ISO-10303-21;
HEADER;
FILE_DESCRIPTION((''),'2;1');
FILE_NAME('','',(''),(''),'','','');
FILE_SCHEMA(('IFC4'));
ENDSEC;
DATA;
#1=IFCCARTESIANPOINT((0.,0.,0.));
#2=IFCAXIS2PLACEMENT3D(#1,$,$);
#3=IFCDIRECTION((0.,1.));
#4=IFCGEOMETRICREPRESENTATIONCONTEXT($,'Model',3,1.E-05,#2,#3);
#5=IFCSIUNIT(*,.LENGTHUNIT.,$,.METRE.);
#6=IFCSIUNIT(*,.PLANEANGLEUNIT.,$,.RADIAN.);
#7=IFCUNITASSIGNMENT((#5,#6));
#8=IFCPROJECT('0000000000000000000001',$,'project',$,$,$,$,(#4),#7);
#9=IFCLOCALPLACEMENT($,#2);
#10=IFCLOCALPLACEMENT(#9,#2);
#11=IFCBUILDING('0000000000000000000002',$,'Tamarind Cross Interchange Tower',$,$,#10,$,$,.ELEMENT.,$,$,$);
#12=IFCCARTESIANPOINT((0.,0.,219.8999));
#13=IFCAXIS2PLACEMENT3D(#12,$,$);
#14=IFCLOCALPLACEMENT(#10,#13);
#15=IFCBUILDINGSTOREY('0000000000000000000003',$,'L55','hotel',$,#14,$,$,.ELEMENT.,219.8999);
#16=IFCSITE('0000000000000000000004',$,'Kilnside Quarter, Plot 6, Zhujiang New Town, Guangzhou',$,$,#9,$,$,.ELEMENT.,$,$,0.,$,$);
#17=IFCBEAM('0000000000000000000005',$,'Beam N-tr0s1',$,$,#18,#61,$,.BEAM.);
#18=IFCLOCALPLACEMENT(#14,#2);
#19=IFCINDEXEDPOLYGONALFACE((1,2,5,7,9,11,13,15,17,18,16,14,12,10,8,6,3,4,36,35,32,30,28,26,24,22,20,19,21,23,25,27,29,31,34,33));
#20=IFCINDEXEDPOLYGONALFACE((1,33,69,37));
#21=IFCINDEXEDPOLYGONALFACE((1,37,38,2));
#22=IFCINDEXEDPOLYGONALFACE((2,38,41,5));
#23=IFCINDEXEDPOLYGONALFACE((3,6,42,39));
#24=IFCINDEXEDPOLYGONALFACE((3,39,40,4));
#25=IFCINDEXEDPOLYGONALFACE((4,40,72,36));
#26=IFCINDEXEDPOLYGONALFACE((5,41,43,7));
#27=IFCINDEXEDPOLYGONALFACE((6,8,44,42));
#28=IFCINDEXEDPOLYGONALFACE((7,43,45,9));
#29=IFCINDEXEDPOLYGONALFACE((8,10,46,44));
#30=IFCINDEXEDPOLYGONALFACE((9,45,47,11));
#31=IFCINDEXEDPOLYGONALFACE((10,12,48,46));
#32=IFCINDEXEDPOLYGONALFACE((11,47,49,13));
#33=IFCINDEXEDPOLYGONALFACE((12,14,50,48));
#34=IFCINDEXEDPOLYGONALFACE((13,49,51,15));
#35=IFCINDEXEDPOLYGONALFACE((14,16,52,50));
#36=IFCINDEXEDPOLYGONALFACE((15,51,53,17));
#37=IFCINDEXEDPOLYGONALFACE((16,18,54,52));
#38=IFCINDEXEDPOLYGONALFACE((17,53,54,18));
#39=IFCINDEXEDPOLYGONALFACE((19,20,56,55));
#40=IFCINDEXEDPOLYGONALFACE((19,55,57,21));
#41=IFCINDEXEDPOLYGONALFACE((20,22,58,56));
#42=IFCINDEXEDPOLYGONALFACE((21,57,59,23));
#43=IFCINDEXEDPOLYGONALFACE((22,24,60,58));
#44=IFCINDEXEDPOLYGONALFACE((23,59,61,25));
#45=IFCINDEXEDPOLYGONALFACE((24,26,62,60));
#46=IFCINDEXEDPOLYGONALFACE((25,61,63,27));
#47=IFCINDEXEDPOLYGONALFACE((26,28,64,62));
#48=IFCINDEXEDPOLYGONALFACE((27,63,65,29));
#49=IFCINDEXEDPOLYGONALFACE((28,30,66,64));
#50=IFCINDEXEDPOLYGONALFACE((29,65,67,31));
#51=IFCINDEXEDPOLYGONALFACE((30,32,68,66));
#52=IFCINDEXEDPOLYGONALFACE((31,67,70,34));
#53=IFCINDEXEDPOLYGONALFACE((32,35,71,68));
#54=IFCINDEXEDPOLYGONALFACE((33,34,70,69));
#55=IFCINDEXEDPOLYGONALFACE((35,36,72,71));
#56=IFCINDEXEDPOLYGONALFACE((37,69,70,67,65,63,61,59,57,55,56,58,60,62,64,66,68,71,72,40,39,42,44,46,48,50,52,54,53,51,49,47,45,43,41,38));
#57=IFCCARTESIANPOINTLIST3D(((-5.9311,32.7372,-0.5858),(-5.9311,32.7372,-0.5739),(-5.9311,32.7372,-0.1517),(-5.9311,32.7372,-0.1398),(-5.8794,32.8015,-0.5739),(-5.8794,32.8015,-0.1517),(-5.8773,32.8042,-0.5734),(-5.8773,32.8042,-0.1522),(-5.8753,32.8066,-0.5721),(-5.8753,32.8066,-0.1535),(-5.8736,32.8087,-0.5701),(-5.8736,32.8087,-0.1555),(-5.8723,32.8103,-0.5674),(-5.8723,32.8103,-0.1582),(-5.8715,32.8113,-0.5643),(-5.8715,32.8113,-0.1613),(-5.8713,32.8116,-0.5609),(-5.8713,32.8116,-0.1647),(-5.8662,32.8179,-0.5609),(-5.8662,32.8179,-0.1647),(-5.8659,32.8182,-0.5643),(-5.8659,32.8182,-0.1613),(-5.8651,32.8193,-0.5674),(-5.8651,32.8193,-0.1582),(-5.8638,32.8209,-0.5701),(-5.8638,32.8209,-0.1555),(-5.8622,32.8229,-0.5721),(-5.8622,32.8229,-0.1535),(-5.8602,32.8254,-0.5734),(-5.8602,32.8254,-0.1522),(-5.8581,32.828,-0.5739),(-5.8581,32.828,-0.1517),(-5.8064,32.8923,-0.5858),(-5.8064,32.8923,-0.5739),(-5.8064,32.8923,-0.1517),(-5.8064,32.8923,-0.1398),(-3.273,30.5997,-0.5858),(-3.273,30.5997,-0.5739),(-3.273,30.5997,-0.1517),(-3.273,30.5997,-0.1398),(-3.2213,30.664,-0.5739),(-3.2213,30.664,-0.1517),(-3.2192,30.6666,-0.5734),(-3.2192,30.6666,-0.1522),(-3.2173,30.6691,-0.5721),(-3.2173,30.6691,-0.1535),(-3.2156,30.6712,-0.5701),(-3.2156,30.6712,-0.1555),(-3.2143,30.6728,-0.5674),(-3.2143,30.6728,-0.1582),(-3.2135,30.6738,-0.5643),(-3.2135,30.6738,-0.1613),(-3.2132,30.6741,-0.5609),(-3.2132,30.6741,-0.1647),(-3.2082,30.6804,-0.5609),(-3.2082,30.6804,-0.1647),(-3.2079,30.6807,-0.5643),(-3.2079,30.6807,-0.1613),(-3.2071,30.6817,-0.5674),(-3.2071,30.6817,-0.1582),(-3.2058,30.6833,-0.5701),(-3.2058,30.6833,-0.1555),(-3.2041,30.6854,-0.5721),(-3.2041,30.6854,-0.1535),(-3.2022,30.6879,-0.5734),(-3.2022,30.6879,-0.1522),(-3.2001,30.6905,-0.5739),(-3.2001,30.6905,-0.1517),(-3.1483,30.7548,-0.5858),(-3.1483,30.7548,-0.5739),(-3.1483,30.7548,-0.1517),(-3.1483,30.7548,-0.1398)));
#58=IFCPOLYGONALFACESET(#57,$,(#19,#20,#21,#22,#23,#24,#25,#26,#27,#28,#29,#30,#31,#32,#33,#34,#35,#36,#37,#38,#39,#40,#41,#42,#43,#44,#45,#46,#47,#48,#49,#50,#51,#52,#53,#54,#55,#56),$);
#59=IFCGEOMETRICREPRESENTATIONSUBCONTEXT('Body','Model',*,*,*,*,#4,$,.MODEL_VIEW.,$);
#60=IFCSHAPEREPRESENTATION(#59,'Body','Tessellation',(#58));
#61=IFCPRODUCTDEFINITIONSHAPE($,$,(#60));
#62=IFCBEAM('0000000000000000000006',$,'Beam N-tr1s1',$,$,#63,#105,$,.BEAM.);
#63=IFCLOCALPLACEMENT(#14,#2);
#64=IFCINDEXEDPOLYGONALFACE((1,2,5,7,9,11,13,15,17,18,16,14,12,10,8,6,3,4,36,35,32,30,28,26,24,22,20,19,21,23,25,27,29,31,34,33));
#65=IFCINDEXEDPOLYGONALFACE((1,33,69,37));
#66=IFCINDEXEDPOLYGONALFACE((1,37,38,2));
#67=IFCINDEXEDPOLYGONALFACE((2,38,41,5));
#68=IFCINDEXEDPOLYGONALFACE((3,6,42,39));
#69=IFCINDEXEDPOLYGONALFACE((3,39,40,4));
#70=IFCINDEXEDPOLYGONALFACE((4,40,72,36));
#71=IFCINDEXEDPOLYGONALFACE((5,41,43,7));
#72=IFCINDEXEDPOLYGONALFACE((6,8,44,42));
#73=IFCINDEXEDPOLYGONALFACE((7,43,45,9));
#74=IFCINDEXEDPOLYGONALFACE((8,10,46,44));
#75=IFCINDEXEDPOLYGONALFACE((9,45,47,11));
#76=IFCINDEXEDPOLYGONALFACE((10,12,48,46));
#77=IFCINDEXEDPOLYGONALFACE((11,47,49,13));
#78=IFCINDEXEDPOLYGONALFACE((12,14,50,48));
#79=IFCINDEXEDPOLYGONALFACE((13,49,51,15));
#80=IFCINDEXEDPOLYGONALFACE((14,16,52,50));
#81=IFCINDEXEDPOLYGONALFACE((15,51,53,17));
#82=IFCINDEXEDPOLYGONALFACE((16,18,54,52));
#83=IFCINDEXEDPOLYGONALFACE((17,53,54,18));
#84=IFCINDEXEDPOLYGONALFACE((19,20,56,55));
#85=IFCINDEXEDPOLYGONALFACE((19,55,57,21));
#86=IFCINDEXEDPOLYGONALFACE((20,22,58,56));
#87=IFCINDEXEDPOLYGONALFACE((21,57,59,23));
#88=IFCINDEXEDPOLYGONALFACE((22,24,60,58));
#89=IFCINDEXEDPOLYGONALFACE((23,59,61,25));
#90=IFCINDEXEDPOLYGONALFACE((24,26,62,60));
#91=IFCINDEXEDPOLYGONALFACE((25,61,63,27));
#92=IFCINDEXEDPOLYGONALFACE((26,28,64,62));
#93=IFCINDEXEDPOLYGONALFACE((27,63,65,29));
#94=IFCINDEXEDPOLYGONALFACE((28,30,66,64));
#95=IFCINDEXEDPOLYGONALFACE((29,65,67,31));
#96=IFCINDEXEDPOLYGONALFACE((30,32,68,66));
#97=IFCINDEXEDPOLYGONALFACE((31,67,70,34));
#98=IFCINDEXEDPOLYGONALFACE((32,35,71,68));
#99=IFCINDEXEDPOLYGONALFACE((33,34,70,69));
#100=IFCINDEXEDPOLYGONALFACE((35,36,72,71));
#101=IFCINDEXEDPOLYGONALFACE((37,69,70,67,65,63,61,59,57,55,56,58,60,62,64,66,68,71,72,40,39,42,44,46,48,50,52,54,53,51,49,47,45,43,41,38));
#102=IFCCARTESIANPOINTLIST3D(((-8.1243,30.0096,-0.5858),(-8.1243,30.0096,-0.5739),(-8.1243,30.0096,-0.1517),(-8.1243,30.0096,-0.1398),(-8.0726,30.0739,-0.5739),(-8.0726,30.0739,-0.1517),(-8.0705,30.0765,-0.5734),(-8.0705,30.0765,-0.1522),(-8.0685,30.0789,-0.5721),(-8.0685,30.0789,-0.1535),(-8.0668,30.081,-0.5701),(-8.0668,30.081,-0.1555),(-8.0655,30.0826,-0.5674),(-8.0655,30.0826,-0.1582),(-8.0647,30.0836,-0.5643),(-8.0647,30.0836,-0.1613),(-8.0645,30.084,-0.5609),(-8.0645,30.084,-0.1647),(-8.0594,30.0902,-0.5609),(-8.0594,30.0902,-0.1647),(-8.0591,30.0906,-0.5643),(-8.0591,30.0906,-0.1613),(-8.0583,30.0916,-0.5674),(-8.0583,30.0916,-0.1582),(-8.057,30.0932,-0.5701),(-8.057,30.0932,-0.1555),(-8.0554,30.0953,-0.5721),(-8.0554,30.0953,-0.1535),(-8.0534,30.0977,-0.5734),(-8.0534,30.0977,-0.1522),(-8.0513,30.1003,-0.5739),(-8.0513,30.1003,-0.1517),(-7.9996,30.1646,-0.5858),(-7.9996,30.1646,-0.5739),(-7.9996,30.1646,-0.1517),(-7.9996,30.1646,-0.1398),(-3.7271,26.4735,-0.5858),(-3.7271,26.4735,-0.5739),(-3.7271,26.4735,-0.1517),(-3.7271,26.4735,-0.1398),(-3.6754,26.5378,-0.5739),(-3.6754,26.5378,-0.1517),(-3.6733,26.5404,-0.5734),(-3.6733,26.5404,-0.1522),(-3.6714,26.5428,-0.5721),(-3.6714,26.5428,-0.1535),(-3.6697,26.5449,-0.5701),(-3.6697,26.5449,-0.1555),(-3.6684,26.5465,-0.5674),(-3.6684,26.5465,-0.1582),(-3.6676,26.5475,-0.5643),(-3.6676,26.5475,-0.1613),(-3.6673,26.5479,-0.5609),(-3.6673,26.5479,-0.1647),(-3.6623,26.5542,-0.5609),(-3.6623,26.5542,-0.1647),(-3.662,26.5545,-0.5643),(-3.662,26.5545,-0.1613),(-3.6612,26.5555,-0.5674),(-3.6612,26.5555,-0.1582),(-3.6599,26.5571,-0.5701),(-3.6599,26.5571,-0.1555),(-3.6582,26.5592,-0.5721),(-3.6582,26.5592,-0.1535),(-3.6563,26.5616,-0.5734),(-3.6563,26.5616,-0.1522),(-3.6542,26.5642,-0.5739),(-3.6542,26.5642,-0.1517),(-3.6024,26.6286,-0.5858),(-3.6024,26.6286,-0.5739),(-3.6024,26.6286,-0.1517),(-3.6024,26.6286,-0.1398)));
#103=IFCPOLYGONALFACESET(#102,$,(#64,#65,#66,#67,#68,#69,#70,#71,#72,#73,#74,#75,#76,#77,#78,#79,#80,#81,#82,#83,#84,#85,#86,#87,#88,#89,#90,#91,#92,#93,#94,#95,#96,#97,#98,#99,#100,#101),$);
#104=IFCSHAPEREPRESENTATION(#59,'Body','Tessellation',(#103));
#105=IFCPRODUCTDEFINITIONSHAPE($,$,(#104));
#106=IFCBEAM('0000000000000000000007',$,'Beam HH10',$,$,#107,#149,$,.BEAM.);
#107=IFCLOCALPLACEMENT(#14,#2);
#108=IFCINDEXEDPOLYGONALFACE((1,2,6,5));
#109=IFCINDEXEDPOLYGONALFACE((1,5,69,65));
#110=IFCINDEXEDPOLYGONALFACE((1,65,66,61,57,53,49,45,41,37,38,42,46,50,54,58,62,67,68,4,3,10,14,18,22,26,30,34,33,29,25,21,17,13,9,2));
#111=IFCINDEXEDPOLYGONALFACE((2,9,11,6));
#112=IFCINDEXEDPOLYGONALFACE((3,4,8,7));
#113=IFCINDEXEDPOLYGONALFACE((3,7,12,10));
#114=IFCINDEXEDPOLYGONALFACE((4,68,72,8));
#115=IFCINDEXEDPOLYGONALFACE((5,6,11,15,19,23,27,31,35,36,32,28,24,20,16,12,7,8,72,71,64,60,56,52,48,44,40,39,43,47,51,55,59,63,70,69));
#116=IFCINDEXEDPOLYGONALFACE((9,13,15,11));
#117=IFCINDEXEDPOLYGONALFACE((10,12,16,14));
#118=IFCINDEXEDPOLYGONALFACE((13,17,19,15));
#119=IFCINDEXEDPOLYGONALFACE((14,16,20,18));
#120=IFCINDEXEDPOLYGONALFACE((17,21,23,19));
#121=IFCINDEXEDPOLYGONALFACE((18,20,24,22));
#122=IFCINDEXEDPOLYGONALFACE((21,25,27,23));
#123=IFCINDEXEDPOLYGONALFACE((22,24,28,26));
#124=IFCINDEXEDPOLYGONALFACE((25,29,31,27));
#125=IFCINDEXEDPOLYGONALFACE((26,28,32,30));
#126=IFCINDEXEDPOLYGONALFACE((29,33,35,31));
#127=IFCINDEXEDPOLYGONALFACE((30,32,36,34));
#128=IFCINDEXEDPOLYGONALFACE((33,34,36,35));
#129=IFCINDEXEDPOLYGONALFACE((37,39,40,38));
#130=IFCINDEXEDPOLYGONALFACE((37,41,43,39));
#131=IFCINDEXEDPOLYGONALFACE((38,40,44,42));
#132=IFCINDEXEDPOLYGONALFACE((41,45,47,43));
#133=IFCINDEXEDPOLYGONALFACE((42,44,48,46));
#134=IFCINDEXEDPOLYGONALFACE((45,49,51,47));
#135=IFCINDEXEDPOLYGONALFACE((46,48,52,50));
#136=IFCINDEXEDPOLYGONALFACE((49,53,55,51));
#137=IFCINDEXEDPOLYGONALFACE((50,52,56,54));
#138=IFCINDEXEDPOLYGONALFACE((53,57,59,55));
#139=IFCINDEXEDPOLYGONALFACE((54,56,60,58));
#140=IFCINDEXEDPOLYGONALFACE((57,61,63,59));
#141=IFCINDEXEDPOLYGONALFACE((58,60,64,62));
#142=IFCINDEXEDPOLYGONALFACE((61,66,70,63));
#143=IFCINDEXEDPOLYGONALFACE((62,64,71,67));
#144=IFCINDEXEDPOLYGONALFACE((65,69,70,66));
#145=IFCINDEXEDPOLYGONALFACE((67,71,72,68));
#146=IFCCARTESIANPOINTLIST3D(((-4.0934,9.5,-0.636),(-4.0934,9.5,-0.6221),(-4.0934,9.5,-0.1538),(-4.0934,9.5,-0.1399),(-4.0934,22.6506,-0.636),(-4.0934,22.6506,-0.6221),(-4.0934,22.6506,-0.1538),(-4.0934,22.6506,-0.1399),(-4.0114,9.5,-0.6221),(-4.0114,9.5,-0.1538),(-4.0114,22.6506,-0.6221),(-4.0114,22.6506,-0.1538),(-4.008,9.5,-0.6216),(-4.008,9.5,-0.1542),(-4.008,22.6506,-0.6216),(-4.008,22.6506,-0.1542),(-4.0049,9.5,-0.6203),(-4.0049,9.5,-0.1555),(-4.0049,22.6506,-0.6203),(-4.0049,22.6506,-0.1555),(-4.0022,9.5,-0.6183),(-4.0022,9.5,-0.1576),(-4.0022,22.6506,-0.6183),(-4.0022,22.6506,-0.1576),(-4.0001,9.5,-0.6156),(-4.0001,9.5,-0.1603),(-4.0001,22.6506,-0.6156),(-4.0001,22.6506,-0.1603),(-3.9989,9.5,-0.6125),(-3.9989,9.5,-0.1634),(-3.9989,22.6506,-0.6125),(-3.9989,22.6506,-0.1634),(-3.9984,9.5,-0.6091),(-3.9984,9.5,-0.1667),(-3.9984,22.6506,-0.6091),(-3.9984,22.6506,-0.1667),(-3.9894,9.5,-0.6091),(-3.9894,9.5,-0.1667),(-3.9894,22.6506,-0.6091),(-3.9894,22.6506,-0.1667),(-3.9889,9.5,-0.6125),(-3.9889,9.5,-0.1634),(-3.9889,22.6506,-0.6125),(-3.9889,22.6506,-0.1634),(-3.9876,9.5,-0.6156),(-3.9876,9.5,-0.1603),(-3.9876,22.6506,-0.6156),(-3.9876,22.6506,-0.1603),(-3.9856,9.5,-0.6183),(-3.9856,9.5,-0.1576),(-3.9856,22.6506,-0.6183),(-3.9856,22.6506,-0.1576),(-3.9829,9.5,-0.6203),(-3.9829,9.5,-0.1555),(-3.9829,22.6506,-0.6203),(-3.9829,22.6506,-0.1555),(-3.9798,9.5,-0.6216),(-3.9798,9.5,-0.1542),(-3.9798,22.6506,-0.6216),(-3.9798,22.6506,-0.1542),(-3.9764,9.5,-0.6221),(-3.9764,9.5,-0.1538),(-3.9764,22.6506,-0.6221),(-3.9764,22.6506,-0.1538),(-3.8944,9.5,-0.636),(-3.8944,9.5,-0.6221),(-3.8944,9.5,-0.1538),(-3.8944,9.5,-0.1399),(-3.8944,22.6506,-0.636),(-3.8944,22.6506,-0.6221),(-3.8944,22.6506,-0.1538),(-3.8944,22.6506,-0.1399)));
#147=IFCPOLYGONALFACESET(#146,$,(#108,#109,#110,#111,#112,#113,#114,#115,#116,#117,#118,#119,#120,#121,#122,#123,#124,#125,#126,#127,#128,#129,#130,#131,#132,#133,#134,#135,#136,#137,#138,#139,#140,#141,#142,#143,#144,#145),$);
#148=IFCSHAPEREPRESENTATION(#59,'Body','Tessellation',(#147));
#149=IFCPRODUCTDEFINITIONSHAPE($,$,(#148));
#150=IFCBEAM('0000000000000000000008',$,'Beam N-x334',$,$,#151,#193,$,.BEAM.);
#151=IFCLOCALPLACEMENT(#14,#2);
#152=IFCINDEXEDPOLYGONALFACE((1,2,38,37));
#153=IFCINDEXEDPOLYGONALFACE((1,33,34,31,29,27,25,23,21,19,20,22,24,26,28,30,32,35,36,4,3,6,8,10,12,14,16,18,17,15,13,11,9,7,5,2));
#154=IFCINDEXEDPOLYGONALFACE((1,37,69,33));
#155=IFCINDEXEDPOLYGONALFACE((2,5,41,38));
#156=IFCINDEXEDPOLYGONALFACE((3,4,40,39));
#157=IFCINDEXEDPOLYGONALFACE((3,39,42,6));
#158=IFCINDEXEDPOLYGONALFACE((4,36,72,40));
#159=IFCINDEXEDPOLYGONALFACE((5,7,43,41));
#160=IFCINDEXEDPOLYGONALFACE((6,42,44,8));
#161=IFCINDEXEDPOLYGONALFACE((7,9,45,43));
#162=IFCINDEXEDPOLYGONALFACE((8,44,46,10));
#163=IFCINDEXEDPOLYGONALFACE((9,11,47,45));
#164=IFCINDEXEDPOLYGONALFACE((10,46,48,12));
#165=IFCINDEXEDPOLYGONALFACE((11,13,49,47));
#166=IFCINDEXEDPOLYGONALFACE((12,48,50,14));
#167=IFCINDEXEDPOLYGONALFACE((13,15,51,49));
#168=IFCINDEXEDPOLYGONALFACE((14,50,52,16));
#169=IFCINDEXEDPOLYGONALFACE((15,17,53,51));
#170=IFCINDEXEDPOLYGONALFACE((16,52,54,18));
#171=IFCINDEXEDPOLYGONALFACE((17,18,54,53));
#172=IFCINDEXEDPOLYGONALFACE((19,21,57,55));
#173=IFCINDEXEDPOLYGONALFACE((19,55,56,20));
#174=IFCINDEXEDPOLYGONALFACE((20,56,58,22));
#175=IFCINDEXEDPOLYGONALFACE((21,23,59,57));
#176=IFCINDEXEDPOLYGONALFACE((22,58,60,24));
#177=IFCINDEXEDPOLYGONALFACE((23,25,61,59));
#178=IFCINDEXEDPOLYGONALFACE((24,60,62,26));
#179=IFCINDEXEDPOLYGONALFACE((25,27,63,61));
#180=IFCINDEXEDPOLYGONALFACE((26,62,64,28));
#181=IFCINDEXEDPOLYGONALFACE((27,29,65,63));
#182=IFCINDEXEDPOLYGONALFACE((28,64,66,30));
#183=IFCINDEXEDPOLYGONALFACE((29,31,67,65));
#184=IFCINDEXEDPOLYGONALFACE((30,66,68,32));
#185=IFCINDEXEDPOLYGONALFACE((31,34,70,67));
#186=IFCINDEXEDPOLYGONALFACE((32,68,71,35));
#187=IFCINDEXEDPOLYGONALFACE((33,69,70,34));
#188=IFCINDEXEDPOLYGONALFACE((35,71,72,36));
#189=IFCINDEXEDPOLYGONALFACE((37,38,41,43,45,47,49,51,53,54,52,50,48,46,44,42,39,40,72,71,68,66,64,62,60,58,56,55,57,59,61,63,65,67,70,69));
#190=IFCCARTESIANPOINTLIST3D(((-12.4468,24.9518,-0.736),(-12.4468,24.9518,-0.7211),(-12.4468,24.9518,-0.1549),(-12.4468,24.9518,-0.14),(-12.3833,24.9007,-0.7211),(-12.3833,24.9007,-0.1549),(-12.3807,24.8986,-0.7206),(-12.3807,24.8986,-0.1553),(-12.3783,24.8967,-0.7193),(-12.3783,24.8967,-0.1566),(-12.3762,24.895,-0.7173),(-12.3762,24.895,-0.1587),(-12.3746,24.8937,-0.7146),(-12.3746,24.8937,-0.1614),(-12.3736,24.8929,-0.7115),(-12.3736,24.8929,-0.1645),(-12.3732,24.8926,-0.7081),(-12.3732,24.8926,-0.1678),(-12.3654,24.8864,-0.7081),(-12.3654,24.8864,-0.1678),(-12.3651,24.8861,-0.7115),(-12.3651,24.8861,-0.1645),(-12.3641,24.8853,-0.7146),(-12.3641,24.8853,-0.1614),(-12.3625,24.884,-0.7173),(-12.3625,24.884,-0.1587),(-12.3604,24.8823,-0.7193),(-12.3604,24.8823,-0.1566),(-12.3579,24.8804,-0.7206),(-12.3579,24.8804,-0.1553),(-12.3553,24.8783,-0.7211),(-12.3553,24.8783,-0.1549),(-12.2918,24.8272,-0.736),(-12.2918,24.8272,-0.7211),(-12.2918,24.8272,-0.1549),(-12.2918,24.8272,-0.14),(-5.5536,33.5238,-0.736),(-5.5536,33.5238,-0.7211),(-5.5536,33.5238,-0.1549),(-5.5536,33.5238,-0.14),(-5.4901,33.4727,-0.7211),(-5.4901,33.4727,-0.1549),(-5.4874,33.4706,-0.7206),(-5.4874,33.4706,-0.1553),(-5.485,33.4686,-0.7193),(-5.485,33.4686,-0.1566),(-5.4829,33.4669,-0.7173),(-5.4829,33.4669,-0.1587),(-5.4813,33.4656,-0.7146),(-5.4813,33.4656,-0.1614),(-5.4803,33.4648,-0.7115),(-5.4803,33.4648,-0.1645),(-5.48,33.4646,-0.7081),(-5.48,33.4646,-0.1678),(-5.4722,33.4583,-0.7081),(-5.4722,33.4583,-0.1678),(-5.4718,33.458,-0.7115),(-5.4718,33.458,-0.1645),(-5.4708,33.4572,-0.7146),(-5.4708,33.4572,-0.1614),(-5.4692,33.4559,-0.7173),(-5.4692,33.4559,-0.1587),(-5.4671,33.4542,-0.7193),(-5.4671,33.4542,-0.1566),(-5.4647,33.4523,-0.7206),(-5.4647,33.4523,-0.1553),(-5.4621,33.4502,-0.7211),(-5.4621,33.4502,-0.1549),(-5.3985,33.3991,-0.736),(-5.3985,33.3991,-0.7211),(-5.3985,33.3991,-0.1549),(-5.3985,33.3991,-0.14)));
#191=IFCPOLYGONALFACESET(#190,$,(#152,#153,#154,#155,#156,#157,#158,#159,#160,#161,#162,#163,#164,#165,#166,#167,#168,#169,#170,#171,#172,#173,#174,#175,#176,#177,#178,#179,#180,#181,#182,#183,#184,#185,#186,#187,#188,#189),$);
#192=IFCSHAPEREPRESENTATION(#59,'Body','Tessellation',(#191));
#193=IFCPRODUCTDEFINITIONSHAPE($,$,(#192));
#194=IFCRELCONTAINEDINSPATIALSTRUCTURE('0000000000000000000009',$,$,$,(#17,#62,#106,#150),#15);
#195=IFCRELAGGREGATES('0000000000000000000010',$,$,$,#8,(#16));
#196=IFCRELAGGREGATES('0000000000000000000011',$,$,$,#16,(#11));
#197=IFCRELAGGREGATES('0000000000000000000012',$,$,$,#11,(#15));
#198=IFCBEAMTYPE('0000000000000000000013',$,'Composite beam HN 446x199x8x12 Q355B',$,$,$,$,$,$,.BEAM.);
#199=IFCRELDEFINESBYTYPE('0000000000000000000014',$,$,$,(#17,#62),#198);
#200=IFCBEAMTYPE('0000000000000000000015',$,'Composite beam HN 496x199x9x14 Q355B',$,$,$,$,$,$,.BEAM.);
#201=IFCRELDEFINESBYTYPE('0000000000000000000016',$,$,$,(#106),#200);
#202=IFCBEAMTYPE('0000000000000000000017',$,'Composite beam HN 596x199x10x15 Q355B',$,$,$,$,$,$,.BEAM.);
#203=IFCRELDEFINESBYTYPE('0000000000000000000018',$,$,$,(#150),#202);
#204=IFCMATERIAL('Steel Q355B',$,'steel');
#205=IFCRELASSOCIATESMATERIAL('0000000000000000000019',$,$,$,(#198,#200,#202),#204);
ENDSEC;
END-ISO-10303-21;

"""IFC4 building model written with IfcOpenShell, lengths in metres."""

from ifc_helpers import new_model, si_unit, direction, frame, origin, origin_2d, place, context, subcontext, project, spatial, i_section, extrude, material, material_profile, profile_set, type_object, element, save


model = new_model("IFC4")

# Units and contexts
model_context = context("Model", 3, precision=1e-05, world=origin(), true_north=direction((0.0, 1.0)))
body_context = subcontext(model_context, "Body", "Model", "MODEL_VIEW")
ifc_project = project(units=[si_unit("LENGTHUNIT", "METRE"), si_unit("PLANEANGLEUNIT", "RADIAN")], contexts=[model_context])

# Site, building, storey
site_placement = place(None, origin())
site = spatial("IfcSite", under=ifc_project, at=site_placement, Name="Kilnside Quarter, Plot 6, Zhujiang New Town, Guangzhou", CompositionType="ELEMENT", RefElevation=0.0)
building_placement = place(site_placement, origin())
building = spatial("IfcBuilding", under=site, at=building_placement, Name="Tamarind Cross Interchange Tower", CompositionType="ELEMENT")
storey_placement = place(building_placement, frame((0.0, 0.0, 219.8999)))
storey = spatial("IfcBuildingStorey", under=building, at=storey_placement, Name="L55", Description="hotel", CompositionType="ELEMENT", Elevation=219.8999)

# Beams
ifc_material_1 = material(Name="Steel Q355B", Category="steel")
ifc_material_profile_1 = material_profile(ifc_material_1, i_section(OverallWidth=0.199, OverallDepth=0.446, WebThickness=0.0081, FlangeThickness=0.012, FilletRadius=0.0129, at=origin_2d()), Name="HN 446x199x8x12")
ifc_profile_set_1 = profile_set([ifc_material_profile_1], Name="Steel Q355B")
beam_type_1 = type_object("IfcBeamType", Name="Composite beam HN 446x199x8x12 Q355B", PredefinedType="BEAM", material=ifc_profile_set_1)
beam_1_placement = place(storey_placement, frame((-3.2107, 30.6772, -0.3628), z_axis=(-0.779281, 0.626675, 0.0), x_axis=(-0.626675, -0.779281, 0.0)))
element("IfcBeam", 1, at=beam_1_placement, inside=storey, type_object=beam_type_1, Name="Beam N-tr0s1", PredefinedType="BEAM", context=body_context, shape_type="SweptSolid", body=[
    extrude(i_section(OverallWidth=0.199, OverallDepth=0.446, WebThickness=0.0081, FlangeThickness=0.012, FilletRadius=0.0129, at=origin_2d()), origin(), (0.0, 0.0, 1.0), 3.4109),
])
beam_2_placement = place(storey_placement, frame((-3.6648, 26.551, -0.3628), z_axis=(-0.779279, 0.626677, 0.0), x_axis=(-0.626677, -0.779279, 0.0)))
element("IfcBeam", 2, at=beam_2_placement, inside=storey, type_object=beam_type_1, Name="Beam N-tr1s1", PredefinedType="BEAM", context=body_context, shape_type="SweptSolid", body=[
    extrude(i_section(OverallWidth=0.199, OverallDepth=0.446, WebThickness=0.0081, FlangeThickness=0.012, FilletRadius=0.0129, at=origin_2d()), origin(), (0.0, 0.0, 1.0), 5.6426),
])
ifc_material_profile_2 = material_profile(ifc_material_1, i_section(OverallWidth=0.199, OverallDepth=0.4961, WebThickness=0.009, FlangeThickness=0.0139, FilletRadius=0.0129, at=origin_2d()), Name="HN 496x199x9x14")
ifc_profile_set_2 = profile_set([ifc_material_profile_2], Name="Steel Q355B")
beam_type_2 = type_object("IfcBeamType", Name="Composite beam HN 496x199x9x14 Q355B", PredefinedType="BEAM", material=ifc_profile_set_2)
beam_3_placement = place(storey_placement, frame((-3.9939, 22.6506, -0.3879), z_axis=(0.0, -1.0, 0.0), x_axis=(1.0, 0.0, 0.0)))
element("IfcBeam", 3, at=beam_3_placement, inside=storey, type_object=beam_type_2, Name="Beam HH10", PredefinedType="BEAM", context=body_context, shape_type="SweptSolid", body=[
    extrude(i_section(OverallWidth=0.199, OverallDepth=0.4961, WebThickness=0.009, FlangeThickness=0.0139, FilletRadius=0.0129, at=origin_2d()), origin(), (0.0, 0.0, 1.0), 13.1506),
])
ifc_material_profile_3 = material_profile(ifc_material_1, i_section(OverallWidth=0.199, OverallDepth=0.5959, WebThickness=0.01, FlangeThickness=0.0149, FilletRadius=0.0129, at=origin_2d()), Name="HN 596x199x10x15")
ifc_profile_set_3 = profile_set([ifc_material_profile_3], Name="Steel Q355B")
beam_type_3 = type_object("IfcBeamType", Name="Composite beam HN 596x199x10x15 Q355B", PredefinedType="BEAM", material=ifc_profile_set_3)
beam_4_placement = place(storey_placement, frame((-5.4761, 33.4614, -0.438), z_axis=(-0.626672, -0.779283, 0.0), x_axis=(0.779283, -0.626672, 0.0)))
element("IfcBeam", 4, at=beam_4_placement, inside=storey, type_object=beam_type_3, Name="Beam N-x334", PredefinedType="BEAM", context=body_context, shape_type="SweptSolid", body=[
    extrude(i_section(OverallWidth=0.199, OverallDepth=0.5959, WebThickness=0.01, FlangeThickness=0.0149, FilletRadius=0.0129, at=origin_2d()), origin(), (0.0, 0.0, 1.0), 10.9998),
])

save(model, "model.ifc")
